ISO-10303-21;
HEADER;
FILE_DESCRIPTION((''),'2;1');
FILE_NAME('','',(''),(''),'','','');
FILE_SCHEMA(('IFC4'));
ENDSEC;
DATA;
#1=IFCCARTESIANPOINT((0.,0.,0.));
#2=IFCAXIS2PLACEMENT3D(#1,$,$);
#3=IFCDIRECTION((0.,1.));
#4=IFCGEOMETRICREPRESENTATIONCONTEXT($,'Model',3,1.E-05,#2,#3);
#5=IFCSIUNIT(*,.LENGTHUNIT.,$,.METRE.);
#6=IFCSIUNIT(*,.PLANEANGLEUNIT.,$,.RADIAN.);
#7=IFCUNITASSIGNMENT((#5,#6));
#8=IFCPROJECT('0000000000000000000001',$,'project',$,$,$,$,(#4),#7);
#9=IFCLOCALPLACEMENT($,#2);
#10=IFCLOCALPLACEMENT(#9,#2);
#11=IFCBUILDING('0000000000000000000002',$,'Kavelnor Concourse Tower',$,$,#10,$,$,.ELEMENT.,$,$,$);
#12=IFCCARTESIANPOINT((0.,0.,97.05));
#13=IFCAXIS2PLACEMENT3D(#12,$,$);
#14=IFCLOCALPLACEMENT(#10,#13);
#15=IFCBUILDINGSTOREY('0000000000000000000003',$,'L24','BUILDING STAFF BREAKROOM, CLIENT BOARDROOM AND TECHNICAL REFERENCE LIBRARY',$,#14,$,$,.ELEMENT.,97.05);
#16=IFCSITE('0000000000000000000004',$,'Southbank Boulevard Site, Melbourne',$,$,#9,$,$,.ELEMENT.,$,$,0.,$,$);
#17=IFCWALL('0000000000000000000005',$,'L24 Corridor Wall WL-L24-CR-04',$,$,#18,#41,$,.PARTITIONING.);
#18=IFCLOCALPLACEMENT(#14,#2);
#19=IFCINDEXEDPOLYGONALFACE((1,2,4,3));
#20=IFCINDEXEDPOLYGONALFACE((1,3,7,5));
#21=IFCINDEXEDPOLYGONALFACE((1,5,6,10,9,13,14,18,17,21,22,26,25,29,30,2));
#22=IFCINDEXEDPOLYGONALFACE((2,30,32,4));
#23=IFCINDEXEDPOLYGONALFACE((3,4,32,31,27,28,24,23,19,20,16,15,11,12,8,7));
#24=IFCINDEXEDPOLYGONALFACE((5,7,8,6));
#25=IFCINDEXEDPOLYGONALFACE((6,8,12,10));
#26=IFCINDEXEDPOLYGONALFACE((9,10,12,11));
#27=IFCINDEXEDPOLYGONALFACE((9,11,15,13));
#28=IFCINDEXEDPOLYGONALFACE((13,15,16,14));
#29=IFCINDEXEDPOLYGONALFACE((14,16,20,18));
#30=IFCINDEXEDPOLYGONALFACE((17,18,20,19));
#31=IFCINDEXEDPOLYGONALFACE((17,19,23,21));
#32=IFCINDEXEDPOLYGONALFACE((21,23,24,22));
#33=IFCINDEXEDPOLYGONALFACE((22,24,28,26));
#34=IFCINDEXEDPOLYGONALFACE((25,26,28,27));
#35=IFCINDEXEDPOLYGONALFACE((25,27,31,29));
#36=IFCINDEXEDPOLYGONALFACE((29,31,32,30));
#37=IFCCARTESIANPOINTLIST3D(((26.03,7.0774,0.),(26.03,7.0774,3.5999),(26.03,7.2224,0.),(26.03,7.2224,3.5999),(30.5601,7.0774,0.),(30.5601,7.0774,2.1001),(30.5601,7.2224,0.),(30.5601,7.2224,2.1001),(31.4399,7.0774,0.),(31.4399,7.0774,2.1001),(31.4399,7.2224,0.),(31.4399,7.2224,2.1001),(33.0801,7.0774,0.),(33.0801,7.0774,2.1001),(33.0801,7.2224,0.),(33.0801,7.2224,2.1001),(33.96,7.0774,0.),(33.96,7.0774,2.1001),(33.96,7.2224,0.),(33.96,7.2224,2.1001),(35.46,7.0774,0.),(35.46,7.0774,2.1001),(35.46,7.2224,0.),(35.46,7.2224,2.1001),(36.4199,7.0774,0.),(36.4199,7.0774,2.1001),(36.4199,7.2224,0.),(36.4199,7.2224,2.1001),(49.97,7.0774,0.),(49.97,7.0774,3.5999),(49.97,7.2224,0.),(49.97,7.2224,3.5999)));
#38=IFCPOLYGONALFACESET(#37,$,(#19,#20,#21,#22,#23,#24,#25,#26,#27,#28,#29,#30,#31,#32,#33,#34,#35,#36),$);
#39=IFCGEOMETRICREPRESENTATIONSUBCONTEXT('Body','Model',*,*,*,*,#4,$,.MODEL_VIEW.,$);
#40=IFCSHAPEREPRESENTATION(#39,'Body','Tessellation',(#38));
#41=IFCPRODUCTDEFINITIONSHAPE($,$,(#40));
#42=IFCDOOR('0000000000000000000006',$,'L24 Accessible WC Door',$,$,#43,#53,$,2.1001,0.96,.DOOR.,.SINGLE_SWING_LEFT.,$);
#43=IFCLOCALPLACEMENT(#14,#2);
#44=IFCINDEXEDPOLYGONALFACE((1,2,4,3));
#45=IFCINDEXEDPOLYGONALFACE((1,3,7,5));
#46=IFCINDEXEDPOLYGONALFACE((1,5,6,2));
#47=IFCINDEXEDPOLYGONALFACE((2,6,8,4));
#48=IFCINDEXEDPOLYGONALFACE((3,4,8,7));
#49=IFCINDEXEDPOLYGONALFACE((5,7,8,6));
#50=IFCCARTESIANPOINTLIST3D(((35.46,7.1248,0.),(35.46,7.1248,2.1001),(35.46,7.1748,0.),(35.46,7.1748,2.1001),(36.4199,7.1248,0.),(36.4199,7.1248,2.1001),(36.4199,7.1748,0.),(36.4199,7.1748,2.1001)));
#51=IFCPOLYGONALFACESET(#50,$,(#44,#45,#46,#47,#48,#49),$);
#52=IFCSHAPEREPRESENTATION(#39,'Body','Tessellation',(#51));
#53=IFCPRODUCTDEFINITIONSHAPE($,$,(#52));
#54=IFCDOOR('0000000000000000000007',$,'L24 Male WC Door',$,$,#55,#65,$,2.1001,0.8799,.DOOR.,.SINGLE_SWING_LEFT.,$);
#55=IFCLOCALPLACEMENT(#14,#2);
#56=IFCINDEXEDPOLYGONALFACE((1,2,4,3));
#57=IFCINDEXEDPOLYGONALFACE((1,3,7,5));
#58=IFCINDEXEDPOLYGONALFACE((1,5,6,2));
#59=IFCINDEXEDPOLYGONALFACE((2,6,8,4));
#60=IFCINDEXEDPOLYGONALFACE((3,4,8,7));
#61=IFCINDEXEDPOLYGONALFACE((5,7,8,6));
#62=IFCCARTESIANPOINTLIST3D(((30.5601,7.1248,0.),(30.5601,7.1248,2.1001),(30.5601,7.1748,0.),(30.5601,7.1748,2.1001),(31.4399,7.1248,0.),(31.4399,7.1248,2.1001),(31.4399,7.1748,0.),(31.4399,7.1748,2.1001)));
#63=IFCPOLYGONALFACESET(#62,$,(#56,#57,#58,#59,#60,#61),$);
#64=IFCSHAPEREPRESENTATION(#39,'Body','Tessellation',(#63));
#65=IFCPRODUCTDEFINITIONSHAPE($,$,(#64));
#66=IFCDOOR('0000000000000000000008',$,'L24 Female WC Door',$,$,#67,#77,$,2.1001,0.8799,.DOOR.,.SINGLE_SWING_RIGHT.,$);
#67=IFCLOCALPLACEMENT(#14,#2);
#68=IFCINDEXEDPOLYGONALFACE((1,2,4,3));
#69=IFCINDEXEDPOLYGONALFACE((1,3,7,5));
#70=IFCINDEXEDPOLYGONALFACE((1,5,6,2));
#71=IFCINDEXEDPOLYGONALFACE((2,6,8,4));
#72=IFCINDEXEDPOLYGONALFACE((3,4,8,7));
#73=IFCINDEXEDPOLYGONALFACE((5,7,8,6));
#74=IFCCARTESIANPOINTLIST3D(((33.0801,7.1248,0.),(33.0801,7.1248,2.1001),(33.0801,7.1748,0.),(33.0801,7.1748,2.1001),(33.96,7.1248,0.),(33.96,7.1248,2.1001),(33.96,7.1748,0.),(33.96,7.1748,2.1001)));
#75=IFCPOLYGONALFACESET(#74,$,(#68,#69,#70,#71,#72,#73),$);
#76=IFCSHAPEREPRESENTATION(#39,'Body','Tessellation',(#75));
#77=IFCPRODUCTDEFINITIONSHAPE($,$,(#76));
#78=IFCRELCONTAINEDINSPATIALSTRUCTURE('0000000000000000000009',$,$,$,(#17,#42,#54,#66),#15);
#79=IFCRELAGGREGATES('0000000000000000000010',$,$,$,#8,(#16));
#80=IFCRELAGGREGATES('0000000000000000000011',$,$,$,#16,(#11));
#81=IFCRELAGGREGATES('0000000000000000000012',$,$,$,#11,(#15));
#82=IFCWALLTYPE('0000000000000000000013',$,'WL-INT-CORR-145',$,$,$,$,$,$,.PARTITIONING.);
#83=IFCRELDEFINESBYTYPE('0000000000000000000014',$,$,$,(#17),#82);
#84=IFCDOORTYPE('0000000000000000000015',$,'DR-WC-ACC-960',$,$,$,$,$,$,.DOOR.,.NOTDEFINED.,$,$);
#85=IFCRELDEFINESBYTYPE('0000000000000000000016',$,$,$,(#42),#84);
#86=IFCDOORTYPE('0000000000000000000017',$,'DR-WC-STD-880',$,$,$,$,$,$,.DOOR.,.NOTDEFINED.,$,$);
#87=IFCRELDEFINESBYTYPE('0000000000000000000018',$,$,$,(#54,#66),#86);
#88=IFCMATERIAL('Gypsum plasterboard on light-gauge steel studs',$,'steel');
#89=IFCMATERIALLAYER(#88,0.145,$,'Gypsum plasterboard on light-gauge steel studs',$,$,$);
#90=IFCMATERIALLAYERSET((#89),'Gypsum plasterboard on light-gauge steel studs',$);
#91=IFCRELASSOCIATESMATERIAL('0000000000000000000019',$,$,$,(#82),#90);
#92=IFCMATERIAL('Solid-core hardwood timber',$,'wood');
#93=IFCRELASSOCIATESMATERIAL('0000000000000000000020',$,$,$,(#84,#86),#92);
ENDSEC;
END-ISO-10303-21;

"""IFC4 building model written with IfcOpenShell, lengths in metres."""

from ifc_helpers import new_model, si_unit, direction, frame, frame_2d, origin, place, context, subcontext, project, spatial, rectangle, extrude, material, layer, layer_set, type_object, element, fill, save


model = new_model("IFC4")

# Units and contexts
model_context = context("Model", 3, precision=1e-05, world=origin(), true_north=direction((0.0, 1.0)))
body_context = subcontext(model_context, "Body", "Model", "MODEL_VIEW")
ifc_project = project(units=[si_unit("LENGTHUNIT", "METRE"), si_unit("PLANEANGLEUNIT", "RADIAN")], contexts=[model_context])

# Site, building, storey
site_placement = place(None, origin())
site = spatial("IfcSite", under=ifc_project, at=site_placement, Name="Southbank Boulevard Site, Melbourne", CompositionType="ELEMENT", RefElevation=0.0)
building_placement = place(site_placement, origin())
building = spatial("IfcBuilding", under=site, at=building_placement, Name="Kavelnor Concourse Tower", CompositionType="ELEMENT")
storey_placement = place(building_placement, frame((0.0, 0.0, 97.05)))
storey = spatial("IfcBuildingStorey", under=building, at=storey_placement, Name="L24", Description="BUILDING STAFF BREAKROOM, CLIENT BOARDROOM AND TECHNICAL REFERENCE LIBRARY", CompositionType="ELEMENT", Elevation=97.05)

# Wall, openings, doors
ifc_material_1 = material(Name="Gypsum plasterboard on light-gauge steel studs", Category="steel")
ifc_layer_1 = layer(ifc_material_1, 0.145, Name="Gypsum plasterboard on light-gauge steel studs")
ifc_layer_set_1 = layer_set([ifc_layer_1], Name="Gypsum plasterboard on light-gauge steel studs")
wall_type_1 = type_object("IfcWallType", Name="WL-INT-CORR-145", PredefinedType="PARTITIONING", material=ifc_layer_set_1)
wall_1_placement = place(storey_placement, frame((26.03, 7.1499, 0.0), z_axis=(0.0, 0.0, 1.0), x_axis=(1.0, 0.0, 0.0)))
wall_1 = element("IfcWall", 1, at=wall_1_placement, inside=storey, type_object=wall_type_1, Name="L24 Corridor Wall WL-L24-CR-04", PredefinedType="PARTITIONING", context=body_context, shape_type="SweptSolid", body=[
    extrude(rectangle(XDim=23.9399, YDim=0.145, at=frame_2d((11.97, 0.0))), origin(), (0.0, 0.0, 1.0), 3.5999),
])
opening_1_placement = place(wall_1_placement, frame((4.53, 0.0, 0.0)))
opening_1 = element("IfcOpeningElement", 2, at=opening_1_placement, cuts=wall_1, PredefinedType="OPENING", context=body_context, shape_type="SweptSolid", body=[
    extrude(rectangle(XDim=0.8799, YDim=2.1001, at=frame_2d((0.4399, 1.05))), frame((0.0, 0.0825, 0.0), z_axis=(0.0, -1.0, 0.0), x_axis=(1.0, 0.0, 0.0)), (0.0, 0.0, 1.0), 0.165),
])
opening_2_placement = place(wall_1_placement, frame((7.05, 0.0, 0.0)))
opening_2 = element("IfcOpeningElement", 3, at=opening_2_placement, cuts=wall_1, PredefinedType="OPENING", context=body_context, shape_type="SweptSolid", body=[
    extrude(rectangle(XDim=0.8799, YDim=2.1001, at=frame_2d((0.4399, 1.05))), frame((0.0, 0.0825, 0.0), z_axis=(0.0, -1.0, 0.0), x_axis=(1.0, 0.0, 0.0)), (0.0, 0.0, 1.0), 0.165),
])
opening_3_placement = place(wall_1_placement, frame((9.4299, 0.0, 0.0)))
opening_3 = element("IfcOpeningElement", 4, at=opening_3_placement, cuts=wall_1, PredefinedType="OPENING", context=body_context, shape_type="SweptSolid", body=[
    extrude(rectangle(XDim=0.96, YDim=2.1001, at=frame_2d((0.48, 1.05))), frame((0.0, 0.0825, 0.0), z_axis=(0.0, -1.0, 0.0), x_axis=(1.0, 0.0, 0.0)), (0.0, 0.0, 1.0), 0.165),
])
ifc_material_2 = material(Name="Solid-core hardwood timber", Category="wood")
door_type_1 = type_object("IfcDoorType", Name="DR-WC-ACC-960", OperationType="NOTDEFINED", PredefinedType="DOOR", material=ifc_material_2)
door_1_placement = place(opening_3_placement, origin())
door_1 = element("IfcDoor", 5, at=door_1_placement, inside=storey, type_object=door_type_1, Name="L24 Accessible WC Door", OperationType="SINGLE_SWING_LEFT", OverallHeight=2.1001, OverallWidth=0.96, PredefinedType="DOOR", context=body_context, shape_type="SweptSolid", body=[
    extrude(rectangle(XDim=0.96, YDim=2.1001, at=frame_2d((0.48, 1.05))), frame((0.0, 0.0249, 0.0), z_axis=(0.0, -1.0, 0.0), x_axis=(1.0, 0.0, 0.0)), (0.0, 0.0, 1.0), 0.05),
])
fill(opening_3, door_1)
door_type_2 = type_object("IfcDoorType", Name="DR-WC-STD-880", OperationType="NOTDEFINED", PredefinedType="DOOR", material=ifc_material_2)
door_2_placement = place(opening_1_placement, origin())
door_2 = element("IfcDoor", 6, at=door_2_placement, inside=storey, type_object=door_type_2, Name="L24 Male WC Door", OperationType="SINGLE_SWING_LEFT", OverallHeight=2.1001, OverallWidth=0.8799, PredefinedType="DOOR", context=body_context, shape_type="SweptSolid", body=[
    extrude(rectangle(XDim=0.8799, YDim=2.1001, at=frame_2d((0.4399, 1.05))), frame((0.0, 0.0249, 0.0), z_axis=(0.0, -1.0, 0.0), x_axis=(1.0, 0.0, 0.0)), (0.0, 0.0, 1.0), 0.05),
])
fill(opening_1, door_2)
door_3_placement = place(opening_2_placement, origin())
door_3 = element("IfcDoor", 7, at=door_3_placement, inside=storey, type_object=door_type_2, Name="L24 Female WC Door", OperationType="SINGLE_SWING_RIGHT", OverallHeight=2.1001, OverallWidth=0.8799, PredefinedType="DOOR", context=body_context, shape_type="SweptSolid", body=[
    extrude(rectangle(XDim=0.8799, YDim=2.1001, at=frame_2d((0.4399, 1.05))), frame((0.0, 0.0249, 0.0), z_axis=(0.0, -1.0, 0.0), x_axis=(1.0, 0.0, 0.0)), (0.0, 0.0, 1.0), 0.05),
])
fill(opening_2, door_3)

save(model, "model.ifc")
